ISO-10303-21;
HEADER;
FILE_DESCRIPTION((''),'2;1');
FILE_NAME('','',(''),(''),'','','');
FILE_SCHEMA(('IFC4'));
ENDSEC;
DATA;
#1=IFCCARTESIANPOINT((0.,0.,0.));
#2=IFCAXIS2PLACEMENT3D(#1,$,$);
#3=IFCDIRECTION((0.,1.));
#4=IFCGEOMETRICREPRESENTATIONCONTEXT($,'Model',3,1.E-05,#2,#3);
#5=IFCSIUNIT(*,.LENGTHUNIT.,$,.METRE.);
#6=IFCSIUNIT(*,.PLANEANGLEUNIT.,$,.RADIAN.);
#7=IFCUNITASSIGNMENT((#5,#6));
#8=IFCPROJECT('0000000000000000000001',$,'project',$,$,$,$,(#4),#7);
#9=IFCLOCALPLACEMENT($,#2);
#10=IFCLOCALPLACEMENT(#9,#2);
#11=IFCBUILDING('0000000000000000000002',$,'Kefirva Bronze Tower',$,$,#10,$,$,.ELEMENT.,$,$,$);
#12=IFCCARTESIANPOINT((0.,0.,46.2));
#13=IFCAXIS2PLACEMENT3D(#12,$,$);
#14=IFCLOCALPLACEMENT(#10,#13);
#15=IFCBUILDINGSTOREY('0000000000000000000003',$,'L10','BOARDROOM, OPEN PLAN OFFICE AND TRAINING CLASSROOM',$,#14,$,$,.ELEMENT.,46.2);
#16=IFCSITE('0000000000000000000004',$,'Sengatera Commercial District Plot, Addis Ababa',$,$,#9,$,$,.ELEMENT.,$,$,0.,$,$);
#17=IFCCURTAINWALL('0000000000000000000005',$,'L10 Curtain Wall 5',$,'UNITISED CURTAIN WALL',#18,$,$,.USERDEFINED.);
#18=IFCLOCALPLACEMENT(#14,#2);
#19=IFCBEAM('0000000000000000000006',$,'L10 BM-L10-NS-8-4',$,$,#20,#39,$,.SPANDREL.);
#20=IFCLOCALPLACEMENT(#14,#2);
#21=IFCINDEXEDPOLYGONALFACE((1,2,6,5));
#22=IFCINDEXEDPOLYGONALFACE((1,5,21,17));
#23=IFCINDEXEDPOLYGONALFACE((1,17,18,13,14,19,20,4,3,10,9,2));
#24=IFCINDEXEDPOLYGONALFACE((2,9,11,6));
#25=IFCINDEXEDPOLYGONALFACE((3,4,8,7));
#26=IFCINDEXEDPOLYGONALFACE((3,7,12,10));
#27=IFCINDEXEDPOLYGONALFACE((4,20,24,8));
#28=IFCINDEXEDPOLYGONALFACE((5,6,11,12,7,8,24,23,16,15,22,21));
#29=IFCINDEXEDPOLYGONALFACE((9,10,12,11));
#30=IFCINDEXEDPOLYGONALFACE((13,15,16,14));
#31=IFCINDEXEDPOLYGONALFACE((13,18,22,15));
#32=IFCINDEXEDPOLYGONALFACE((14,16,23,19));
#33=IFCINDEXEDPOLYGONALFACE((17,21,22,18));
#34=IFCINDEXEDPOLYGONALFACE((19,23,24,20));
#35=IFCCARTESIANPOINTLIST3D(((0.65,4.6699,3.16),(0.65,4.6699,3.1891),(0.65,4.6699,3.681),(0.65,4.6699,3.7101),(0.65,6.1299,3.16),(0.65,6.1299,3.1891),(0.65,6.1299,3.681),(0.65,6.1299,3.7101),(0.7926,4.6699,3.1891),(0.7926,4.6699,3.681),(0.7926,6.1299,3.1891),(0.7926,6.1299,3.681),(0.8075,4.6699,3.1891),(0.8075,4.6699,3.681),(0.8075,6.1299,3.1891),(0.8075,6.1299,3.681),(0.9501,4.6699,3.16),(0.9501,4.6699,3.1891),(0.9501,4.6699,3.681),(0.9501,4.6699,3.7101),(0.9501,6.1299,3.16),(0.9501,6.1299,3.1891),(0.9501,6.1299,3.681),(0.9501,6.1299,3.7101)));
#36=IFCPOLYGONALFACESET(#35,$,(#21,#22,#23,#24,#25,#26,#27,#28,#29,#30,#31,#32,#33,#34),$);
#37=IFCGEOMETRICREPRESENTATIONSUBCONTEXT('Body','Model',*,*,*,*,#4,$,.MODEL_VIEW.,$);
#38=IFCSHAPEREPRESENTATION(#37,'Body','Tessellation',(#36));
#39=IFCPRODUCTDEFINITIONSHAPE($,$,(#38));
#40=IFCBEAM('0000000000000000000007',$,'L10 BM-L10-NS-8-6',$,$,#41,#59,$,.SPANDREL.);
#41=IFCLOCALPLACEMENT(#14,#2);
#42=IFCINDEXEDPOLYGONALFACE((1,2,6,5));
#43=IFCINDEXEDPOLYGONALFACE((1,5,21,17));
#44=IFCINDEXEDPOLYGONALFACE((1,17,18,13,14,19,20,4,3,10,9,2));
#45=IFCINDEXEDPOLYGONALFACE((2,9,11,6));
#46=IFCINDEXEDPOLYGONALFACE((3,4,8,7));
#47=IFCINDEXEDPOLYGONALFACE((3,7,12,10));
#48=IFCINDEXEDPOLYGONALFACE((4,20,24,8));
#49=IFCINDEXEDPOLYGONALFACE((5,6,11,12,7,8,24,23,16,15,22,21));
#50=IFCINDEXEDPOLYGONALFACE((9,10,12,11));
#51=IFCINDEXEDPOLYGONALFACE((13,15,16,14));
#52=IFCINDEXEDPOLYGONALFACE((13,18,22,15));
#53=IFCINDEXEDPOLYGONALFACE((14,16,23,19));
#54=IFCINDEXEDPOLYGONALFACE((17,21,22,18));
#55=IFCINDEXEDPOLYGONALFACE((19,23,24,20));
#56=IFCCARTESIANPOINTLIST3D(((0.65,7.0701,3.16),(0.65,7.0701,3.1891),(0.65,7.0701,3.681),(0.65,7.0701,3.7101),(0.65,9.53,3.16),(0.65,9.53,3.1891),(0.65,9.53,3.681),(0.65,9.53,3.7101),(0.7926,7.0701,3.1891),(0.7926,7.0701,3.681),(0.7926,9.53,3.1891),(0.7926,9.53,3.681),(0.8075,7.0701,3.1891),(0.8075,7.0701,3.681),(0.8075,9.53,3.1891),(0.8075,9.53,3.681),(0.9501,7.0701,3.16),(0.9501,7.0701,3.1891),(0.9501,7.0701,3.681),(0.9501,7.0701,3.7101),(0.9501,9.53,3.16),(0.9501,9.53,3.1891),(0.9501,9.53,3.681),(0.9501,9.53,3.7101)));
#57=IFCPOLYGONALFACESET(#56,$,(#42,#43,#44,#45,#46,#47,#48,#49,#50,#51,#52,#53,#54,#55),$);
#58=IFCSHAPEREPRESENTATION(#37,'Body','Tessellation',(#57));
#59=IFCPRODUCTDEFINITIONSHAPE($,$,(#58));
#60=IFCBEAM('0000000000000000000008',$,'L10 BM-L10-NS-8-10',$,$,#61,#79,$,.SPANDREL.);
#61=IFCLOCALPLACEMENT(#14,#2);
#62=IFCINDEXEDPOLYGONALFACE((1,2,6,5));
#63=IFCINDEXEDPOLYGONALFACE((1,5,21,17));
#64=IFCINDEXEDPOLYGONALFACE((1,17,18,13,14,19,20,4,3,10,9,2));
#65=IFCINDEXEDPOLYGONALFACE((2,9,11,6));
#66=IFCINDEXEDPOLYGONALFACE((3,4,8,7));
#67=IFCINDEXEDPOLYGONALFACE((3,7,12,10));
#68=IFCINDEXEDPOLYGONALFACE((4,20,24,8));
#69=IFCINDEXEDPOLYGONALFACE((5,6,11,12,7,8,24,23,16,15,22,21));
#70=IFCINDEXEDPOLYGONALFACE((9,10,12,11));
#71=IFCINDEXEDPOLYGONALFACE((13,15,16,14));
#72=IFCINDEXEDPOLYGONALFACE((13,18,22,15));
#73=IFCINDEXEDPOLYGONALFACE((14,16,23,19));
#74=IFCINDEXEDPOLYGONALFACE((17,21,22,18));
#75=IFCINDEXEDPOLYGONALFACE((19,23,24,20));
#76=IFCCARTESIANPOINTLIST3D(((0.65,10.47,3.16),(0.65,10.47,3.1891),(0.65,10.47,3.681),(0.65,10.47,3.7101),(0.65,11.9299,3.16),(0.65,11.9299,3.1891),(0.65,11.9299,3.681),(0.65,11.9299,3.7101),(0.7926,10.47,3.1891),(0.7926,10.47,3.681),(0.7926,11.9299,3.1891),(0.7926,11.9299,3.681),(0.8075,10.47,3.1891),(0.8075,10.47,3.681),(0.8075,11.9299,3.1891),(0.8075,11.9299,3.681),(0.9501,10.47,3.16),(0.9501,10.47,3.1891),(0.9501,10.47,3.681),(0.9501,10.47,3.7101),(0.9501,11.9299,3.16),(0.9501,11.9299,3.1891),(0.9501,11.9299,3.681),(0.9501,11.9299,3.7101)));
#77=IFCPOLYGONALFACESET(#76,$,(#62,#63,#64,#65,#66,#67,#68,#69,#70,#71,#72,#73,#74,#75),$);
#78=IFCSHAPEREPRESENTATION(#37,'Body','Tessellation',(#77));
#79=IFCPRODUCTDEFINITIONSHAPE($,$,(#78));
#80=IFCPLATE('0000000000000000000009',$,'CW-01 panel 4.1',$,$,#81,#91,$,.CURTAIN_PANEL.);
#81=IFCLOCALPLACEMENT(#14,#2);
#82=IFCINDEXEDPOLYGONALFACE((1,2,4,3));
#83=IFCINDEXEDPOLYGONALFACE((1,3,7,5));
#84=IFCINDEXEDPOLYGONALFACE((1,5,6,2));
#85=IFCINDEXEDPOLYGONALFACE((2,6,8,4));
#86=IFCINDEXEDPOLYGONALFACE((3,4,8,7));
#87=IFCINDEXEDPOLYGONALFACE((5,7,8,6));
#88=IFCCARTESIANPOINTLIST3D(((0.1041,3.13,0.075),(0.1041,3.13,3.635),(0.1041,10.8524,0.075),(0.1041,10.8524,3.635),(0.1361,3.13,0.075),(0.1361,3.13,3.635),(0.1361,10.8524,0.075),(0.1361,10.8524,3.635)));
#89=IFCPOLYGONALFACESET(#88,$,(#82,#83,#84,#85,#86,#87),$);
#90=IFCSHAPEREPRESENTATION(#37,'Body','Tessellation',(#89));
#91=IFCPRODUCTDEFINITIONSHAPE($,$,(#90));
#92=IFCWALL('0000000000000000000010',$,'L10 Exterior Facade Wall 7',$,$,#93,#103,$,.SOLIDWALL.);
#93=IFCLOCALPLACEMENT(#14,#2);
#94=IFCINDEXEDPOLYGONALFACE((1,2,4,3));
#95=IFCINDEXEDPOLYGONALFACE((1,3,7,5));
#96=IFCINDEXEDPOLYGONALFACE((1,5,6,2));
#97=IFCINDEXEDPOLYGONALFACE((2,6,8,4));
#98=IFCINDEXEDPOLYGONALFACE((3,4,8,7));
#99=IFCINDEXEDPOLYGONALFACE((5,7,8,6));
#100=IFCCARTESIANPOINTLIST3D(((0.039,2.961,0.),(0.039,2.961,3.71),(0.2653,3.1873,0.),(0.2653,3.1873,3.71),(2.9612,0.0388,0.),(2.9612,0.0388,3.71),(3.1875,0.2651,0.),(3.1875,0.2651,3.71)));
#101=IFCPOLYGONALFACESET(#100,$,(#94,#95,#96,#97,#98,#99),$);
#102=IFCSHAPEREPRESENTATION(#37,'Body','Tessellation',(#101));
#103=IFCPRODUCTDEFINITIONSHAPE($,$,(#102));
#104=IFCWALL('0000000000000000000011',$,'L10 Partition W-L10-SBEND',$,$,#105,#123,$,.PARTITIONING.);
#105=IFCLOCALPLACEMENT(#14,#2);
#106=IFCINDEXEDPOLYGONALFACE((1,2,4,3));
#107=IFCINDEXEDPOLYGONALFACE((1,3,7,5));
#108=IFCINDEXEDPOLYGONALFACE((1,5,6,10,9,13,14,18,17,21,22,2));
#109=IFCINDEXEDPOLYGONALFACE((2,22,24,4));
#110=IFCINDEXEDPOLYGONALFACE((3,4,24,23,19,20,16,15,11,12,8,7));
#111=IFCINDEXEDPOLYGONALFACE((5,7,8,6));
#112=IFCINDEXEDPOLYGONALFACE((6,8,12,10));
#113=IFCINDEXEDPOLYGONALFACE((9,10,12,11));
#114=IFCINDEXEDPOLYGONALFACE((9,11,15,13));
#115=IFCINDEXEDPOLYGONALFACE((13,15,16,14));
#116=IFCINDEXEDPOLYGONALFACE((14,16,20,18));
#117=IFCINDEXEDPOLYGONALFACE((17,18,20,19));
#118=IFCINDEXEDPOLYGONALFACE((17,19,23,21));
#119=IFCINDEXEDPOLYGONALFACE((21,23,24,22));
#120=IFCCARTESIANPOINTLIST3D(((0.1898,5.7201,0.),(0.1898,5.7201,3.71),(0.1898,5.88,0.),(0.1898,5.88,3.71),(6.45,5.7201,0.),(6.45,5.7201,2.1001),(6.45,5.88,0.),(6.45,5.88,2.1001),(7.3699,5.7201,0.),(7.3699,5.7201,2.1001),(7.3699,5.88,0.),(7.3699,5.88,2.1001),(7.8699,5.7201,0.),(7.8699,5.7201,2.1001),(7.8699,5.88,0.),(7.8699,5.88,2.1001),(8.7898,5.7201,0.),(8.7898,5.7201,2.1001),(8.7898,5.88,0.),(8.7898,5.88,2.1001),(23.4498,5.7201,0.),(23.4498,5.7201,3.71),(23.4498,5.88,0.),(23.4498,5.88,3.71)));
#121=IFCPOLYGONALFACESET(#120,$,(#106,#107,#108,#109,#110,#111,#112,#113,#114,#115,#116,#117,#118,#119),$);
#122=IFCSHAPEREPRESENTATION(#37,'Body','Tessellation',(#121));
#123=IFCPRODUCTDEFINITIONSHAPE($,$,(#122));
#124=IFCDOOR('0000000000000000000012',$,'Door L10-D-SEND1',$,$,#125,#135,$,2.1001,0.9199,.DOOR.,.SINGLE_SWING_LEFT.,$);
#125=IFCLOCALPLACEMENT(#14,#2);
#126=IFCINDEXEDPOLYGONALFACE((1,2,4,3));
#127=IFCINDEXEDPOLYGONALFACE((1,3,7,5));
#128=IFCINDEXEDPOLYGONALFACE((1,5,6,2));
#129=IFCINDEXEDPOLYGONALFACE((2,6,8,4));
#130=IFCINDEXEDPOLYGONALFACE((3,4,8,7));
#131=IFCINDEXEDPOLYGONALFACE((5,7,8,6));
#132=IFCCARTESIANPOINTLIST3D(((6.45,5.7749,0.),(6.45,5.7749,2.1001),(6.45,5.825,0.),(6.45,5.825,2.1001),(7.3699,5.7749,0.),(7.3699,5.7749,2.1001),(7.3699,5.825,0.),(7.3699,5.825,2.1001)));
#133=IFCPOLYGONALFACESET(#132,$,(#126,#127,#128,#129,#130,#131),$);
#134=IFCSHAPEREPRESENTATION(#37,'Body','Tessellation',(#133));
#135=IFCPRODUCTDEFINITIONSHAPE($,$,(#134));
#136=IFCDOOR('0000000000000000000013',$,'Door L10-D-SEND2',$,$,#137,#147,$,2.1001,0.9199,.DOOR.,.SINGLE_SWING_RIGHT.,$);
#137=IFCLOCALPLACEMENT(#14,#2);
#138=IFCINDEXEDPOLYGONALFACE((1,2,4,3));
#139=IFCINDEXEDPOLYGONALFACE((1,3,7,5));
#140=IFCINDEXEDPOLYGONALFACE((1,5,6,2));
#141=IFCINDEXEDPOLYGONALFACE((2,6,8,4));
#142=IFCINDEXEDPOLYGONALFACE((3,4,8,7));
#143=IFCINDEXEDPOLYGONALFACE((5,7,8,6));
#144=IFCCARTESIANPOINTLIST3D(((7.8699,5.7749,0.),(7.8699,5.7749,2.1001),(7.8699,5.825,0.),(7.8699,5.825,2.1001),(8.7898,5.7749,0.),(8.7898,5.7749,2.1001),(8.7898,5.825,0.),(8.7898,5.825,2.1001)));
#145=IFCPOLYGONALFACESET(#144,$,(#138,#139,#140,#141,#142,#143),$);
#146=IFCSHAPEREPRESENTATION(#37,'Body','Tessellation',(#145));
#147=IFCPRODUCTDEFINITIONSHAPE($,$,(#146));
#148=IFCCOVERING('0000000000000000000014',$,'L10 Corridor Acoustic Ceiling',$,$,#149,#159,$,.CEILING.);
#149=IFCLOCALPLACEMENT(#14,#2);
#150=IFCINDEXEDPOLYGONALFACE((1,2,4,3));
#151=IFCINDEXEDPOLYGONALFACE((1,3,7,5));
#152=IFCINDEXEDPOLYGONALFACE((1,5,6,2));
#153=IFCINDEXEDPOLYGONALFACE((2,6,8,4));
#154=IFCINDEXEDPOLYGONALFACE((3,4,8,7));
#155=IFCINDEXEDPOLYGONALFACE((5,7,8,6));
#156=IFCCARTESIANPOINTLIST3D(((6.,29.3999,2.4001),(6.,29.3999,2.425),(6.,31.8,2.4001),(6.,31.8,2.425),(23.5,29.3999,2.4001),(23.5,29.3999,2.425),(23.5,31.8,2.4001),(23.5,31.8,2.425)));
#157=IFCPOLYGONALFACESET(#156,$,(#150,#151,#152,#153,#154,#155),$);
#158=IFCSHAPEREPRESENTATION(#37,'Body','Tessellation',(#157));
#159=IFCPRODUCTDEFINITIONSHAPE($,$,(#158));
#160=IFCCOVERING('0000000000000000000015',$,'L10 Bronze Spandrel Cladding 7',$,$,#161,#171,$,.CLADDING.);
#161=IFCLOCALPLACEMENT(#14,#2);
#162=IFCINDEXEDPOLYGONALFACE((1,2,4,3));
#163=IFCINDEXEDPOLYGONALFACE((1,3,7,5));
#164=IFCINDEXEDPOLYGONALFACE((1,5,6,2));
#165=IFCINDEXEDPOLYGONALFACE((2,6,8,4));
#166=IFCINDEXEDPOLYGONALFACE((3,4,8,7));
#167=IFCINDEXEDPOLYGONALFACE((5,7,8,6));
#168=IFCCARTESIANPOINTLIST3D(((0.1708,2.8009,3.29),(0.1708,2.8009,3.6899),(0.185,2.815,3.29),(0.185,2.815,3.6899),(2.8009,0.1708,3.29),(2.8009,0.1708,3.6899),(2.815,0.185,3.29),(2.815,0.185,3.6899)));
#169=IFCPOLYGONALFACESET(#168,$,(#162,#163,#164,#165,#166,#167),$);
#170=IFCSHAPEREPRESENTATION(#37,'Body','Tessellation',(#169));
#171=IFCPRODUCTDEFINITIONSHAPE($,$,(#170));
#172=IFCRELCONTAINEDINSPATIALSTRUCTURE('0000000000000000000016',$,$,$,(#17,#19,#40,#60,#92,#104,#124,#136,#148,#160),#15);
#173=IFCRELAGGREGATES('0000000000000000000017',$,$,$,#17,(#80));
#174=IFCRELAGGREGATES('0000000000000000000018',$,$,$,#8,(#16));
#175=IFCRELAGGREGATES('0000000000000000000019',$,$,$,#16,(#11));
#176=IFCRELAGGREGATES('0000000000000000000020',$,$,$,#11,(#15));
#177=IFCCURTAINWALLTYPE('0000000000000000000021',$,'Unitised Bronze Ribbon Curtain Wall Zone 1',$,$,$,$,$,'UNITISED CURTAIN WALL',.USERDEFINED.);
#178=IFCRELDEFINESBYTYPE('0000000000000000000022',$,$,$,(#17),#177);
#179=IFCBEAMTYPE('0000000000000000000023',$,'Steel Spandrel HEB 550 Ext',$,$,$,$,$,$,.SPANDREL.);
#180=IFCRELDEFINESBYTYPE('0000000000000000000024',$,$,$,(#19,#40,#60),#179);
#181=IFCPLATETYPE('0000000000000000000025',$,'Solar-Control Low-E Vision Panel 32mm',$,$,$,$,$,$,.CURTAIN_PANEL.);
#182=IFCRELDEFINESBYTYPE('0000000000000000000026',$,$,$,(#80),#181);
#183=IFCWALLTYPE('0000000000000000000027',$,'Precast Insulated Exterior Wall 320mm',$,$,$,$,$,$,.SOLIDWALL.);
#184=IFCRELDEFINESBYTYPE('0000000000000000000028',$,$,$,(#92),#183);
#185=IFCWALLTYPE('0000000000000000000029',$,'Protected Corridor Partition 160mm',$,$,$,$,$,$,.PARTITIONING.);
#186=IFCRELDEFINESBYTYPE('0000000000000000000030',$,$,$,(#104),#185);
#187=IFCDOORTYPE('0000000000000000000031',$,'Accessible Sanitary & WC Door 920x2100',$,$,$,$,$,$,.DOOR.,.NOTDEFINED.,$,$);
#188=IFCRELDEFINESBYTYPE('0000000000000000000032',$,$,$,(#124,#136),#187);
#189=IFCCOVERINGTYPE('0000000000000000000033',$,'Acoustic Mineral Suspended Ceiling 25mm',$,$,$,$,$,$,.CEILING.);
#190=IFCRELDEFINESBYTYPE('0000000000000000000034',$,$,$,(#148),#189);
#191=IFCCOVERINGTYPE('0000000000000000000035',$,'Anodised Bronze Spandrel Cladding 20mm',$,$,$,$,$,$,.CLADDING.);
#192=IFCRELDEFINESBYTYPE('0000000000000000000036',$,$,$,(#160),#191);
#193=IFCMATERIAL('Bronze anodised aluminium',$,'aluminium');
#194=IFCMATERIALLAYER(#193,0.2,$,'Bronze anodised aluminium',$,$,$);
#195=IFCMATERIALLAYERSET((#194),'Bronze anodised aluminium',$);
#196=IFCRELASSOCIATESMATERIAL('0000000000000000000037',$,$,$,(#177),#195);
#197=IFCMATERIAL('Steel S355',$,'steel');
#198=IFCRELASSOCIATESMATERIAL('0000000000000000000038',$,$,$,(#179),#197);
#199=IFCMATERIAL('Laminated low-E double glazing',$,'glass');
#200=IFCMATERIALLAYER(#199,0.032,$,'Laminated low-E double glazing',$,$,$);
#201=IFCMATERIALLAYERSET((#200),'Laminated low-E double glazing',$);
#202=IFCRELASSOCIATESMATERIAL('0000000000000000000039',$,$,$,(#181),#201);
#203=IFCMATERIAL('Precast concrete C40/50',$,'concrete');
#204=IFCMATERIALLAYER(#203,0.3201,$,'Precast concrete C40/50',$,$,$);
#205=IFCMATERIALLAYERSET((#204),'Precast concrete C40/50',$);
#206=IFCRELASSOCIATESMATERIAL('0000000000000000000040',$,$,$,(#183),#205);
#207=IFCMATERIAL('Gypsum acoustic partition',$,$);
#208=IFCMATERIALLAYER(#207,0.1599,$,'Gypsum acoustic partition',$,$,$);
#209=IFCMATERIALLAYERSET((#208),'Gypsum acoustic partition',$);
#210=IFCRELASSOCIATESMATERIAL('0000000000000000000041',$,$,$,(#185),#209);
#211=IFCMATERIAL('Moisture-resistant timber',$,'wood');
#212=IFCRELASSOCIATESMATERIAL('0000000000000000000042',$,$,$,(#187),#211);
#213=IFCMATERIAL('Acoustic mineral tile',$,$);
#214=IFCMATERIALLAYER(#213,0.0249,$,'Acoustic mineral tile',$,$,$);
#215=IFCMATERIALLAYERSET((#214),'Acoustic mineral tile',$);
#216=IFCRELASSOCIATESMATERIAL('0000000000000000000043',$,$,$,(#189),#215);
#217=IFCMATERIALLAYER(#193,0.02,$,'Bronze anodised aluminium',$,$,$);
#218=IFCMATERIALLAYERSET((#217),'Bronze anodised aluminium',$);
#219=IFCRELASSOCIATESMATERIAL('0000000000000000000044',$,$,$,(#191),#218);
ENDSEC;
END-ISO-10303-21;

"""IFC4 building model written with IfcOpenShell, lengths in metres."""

from ifc_helpers import new_model, si_unit, direction, frame, frame_2d, origin, origin_2d, place, context, subcontext, project, spatial, polyline, rectangle, i_section, outline, extrude, material, layer, layer_set, material_profile, profile_set, type_object, element, fill, aggregate, save


model = new_model("IFC4")

# Units and contexts
model_context = context("Model", 3, precision=1e-05, world=origin(), true_north=direction((0.0, 1.0)))
body_context = subcontext(model_context, "Body", "Model", "MODEL_VIEW")
ifc_project = project(units=[si_unit("LENGTHUNIT", "METRE"), si_unit("PLANEANGLEUNIT", "RADIAN")], contexts=[model_context])

# Site, building, storey
site_placement = place(None, origin())
site = spatial("IfcSite", under=ifc_project, at=site_placement, Name="Sengatera Commercial District Plot, Addis Ababa", CompositionType="ELEMENT", RefElevation=0.0)
building_placement = place(site_placement, origin())
building = spatial("IfcBuilding", under=site, at=building_placement, Name="Kefirva Bronze Tower", CompositionType="ELEMENT")
storey_placement = place(building_placement, frame((0.0, 0.0, 46.2)))
storey = spatial("IfcBuildingStorey", under=building, at=storey_placement, Name="L10", Description="BOARDROOM, OPEN PLAN OFFICE AND TRAINING CLASSROOM", CompositionType="ELEMENT", Elevation=46.2)

# Curtain wall
ifc_material_1 = material(Name="Bronze anodised aluminium", Category="aluminium")
ifc_layer_1 = layer(ifc_material_1, 0.2, Name="Bronze anodised aluminium")
ifc_layer_set_1 = layer_set([ifc_layer_1], Name="Bronze anodised aluminium")
curtain_wall_type = type_object("IfcCurtainWallType", Name="Unitised Bronze Ribbon Curtain Wall Zone 1", ElementType="UNITISED CURTAIN WALL", PredefinedType="USERDEFINED", material=ifc_layer_set_1)
curtain_wall_placement = place(storey_placement, origin())
curtain_wall = element("IfcCurtainWall", 1, at=curtain_wall_placement, inside=storey, type_object=curtain_wall_type, Name="L10 Curtain Wall 5", ObjectType="UNITISED CURTAIN WALL", PredefinedType="USERDEFINED")

# Beams
ifc_material_2 = material(Name="Steel S355", Category="steel")
ifc_material_profile_1 = material_profile(ifc_material_2, i_section(OverallWidth=0.3, OverallDepth=0.55, WebThickness=0.0149, FlangeThickness=0.0291, at=origin_2d()), Name="HEB 550")
ifc_profile_set_1 = profile_set([ifc_material_profile_1], Name="Steel S355")
beam_type_1 = type_object("IfcBeamType", Name="Steel Spandrel HEB 550 Ext", PredefinedType="SPANDREL", material=ifc_profile_set_1)
beam_1_placement = place(storey_placement, frame((0.8, 4.6699, 3.4351), z_axis=(0.0, 1.0, 0.0), x_axis=(-1.0, 0.0, 0.0)))
element("IfcBeam", 2, at=beam_1_placement, inside=storey, type_object=beam_type_1, Name="L10 BM-L10-NS-8-4", PredefinedType="SPANDREL", context=body_context, shape_type="SweptSolid", body=[
    extrude(i_section(OverallWidth=0.3, OverallDepth=0.55, WebThickness=0.0149, FlangeThickness=0.0291, at=origin_2d()), origin(), (0.0, 0.0, 1.0), 1.46),
])
beam_2_placement = place(storey_placement, frame((0.8, 7.0701, 3.4351), z_axis=(0.0, 1.0, 0.0), x_axis=(-1.0, 0.0, 0.0)))
element("IfcBeam", 3, at=beam_2_placement, inside=storey, type_object=beam_type_1, Name="L10 BM-L10-NS-8-6", PredefinedType="SPANDREL", context=body_context, shape_type="SweptSolid", body=[
    extrude(i_section(OverallWidth=0.3, OverallDepth=0.55, WebThickness=0.0149, FlangeThickness=0.0291, at=origin_2d()), origin(), (0.0, 0.0, 1.0), 2.46),
])
beam_3_placement = place(storey_placement, frame((0.8, 10.47, 3.4351), z_axis=(0.0, 1.0, 0.0), x_axis=(-1.0, 0.0, 0.0)))
element("IfcBeam", 4, at=beam_3_placement, inside=storey, type_object=beam_type_1, Name="L10 BM-L10-NS-8-10", PredefinedType="SPANDREL", context=body_context, shape_type="SweptSolid", body=[
    extrude(i_section(OverallWidth=0.3, OverallDepth=0.55, WebThickness=0.0149, FlangeThickness=0.0291, at=origin_2d()), origin(), (0.0, 0.0, 1.0), 1.46),
])

# Plate
ifc_material_3 = material(Name="Laminated low-E double glazing", Category="glass")
ifc_layer_2 = layer(ifc_material_3, 0.032, Name="Laminated low-E double glazing")
ifc_layer_set_2 = layer_set([ifc_layer_2], Name="Laminated low-E double glazing")
plate_type = type_object("IfcPlateType", Name="Solar-Control Low-E Vision Panel 32mm", PredefinedType="CURTAIN_PANEL", material=ifc_layer_set_2)
plate_placement = place(storey_placement, frame((0.1201, 6.9912, 0.075), z_axis=(0.0, 0.0, 1.0), x_axis=(0.0, -1.0, 0.0)))
plate = element("IfcPlate", 5, at=plate_placement, type_object=plate_type, Name="CW-01 panel 4.1", PredefinedType="CURTAIN_PANEL", context=body_context, shape_type="SweptSolid", body=[
    extrude(rectangle(XDim=7.7224, YDim=0.032, at=origin_2d()), origin(), (0.0, 0.0, 1.0), 3.5601),
])
aggregate(curtain_wall, [plate])

# Wall
ifc_material_4 = material(Name="Precast concrete C40/50", Category="concrete")
ifc_layer_3 = layer(ifc_material_4, 0.3201, Name="Precast concrete C40/50")
ifc_layer_set_3 = layer_set([ifc_layer_3], Name="Precast concrete C40/50")
wall_type_1 = type_object("IfcWallType", Name="Precast Insulated Exterior Wall 320mm", PredefinedType="SOLIDWALL", material=ifc_layer_set_3)
wall_1_placement = place(storey_placement, frame((0.1521, 3.0742, 0.0), z_axis=(0.0, 0.0, 1.0), x_axis=(0.707107, -0.707107, 0.0)))
element("IfcWall", 6, at=wall_1_placement, inside=storey, type_object=wall_type_1, Name="L10 Exterior Facade Wall 7", PredefinedType="SOLIDWALL", context=body_context, shape_type="SweptSolid", body=[
    extrude(rectangle(XDim=4.1326, YDim=0.3201, at=frame_2d((2.0664, 0.0))), origin(), (0.0, 0.0, 1.0), 3.71),
])

# Wall, openings, doors
ifc_material_5 = material(Name="Gypsum acoustic partition")
ifc_layer_4 = layer(ifc_material_5, 0.1599, Name="Gypsum acoustic partition")
ifc_layer_set_4 = layer_set([ifc_layer_4], Name="Gypsum acoustic partition")
wall_type_2 = type_object("IfcWallType", Name="Protected Corridor Partition 160mm", PredefinedType="PARTITIONING", material=ifc_layer_set_4)
wall_2_placement = place(storey_placement, frame((0.1899, 5.8, 0.0), z_axis=(0.0, 0.0, 1.0), x_axis=(1.0, 0.0, 0.0)))
wall_2 = element("IfcWall", 7, at=wall_2_placement, inside=storey, type_object=wall_type_2, Name="L10 Partition W-L10-SBEND", PredefinedType="PARTITIONING", context=body_context, shape_type="SweptSolid", body=[
    extrude(rectangle(XDim=23.26, YDim=0.1599, at=frame_2d((11.6299, 0.0))), origin(), (0.0, 0.0, 1.0), 3.71),
])
opening_1_placement = place(wall_2_placement, frame((6.26, 0.0, 0.0)))
opening_1 = element("IfcOpeningElement", 8, at=opening_1_placement, cuts=wall_2, PredefinedType="OPENING", context=body_context, shape_type="SweptSolid", body=[
    extrude(rectangle(XDim=0.9199, YDim=2.1001, at=frame_2d((0.46, 1.05))), frame((0.0, 0.0898, 0.0), z_axis=(0.0, -1.0, 0.0), x_axis=(1.0, 0.0, 0.0)), (0.0, 0.0, 1.0), 0.1799),
])
opening_2_placement = place(wall_2_placement, frame((7.6799, 0.0, 0.0)))
opening_2 = element("IfcOpeningElement", 9, at=opening_2_placement, cuts=wall_2, PredefinedType="OPENING", context=body_context, shape_type="SweptSolid", body=[
    extrude(rectangle(XDim=0.9199, YDim=2.1001, at=frame_2d((0.46, 1.05))), frame((0.0, 0.0898, 0.0), z_axis=(0.0, -1.0, 0.0), x_axis=(1.0, 0.0, 0.0)), (0.0, 0.0, 1.0), 0.1799),
])
ifc_material_6 = material(Name="Moisture-resistant timber", Category="wood")
door_type = type_object("IfcDoorType", Name="Accessible Sanitary & WC Door 920x2100", OperationType="NOTDEFINED", PredefinedType="DOOR", material=ifc_material_6)
door_1_placement = place(opening_1_placement, origin())
door_1 = element("IfcDoor", 10, at=door_1_placement, inside=storey, type_object=door_type, Name="Door L10-D-SEND1", OperationType="SINGLE_SWING_LEFT", OverallHeight=2.1001, OverallWidth=0.9199, PredefinedType="DOOR", context=body_context, shape_type="SweptSolid", body=[
    extrude(rectangle(XDim=0.9199, YDim=2.1001, at=frame_2d((0.46, 1.05))), frame((0.0, 0.0249, 0.0), z_axis=(0.0, -1.0, 0.0), x_axis=(1.0, 0.0, 0.0)), (0.0, 0.0, 1.0), 0.05),
])
fill(opening_1, door_1)
door_2_placement = place(opening_2_placement, origin())
door_2 = element("IfcDoor", 11, at=door_2_placement, inside=storey, type_object=door_type, Name="Door L10-D-SEND2", OperationType="SINGLE_SWING_RIGHT", OverallHeight=2.1001, OverallWidth=0.9199, PredefinedType="DOOR", context=body_context, shape_type="SweptSolid", body=[
    extrude(rectangle(XDim=0.9199, YDim=2.1001, at=frame_2d((0.46, 1.05))), frame((0.0, 0.0249, 0.0), z_axis=(0.0, -1.0, 0.0), x_axis=(1.0, 0.0, 0.0)), (0.0, 0.0, 1.0), 0.05),
])
fill(opening_2, door_2)

# Coverings
ifc_material_7 = material(Name="Acoustic mineral tile")
ifc_layer_5 = layer(ifc_material_7, 0.0249, Name="Acoustic mineral tile")
ifc_layer_set_5 = layer_set([ifc_layer_5], Name="Acoustic mineral tile")
covering_type_1 = type_object("IfcCoveringType", Name="Acoustic Mineral Suspended Ceiling 25mm", PredefinedType="CEILING", material=ifc_layer_set_5)
covering_1_placement = place(storey_placement, frame((0.0, 0.0, 2.4001)))
element("IfcCovering", 12, at=covering_1_placement, inside=storey, type_object=covering_type_1, Name="L10 Corridor Acoustic Ceiling", PredefinedType="CEILING", context=body_context, shape_type="SweptSolid", body=[
    extrude(outline(polyline([(6.0, 29.3999), (23.5, 29.3999), (23.5, 31.8), (6.0, 31.8), (6.0, 29.3999)])), origin(), (0.0, 0.0, 1.0), 0.0249),
])
ifc_layer_6 = layer(ifc_material_1, 0.02, Name="Bronze anodised aluminium")
ifc_layer_set_6 = layer_set([ifc_layer_6], Name="Bronze anodised aluminium")
covering_type_2 = type_object("IfcCoveringType", Name="Anodised Bronze Spandrel Cladding 20mm", PredefinedType="CLADDING", material=ifc_layer_set_6)
covering_2_placement = place(storey_placement, frame((1.4929, 1.4929, 3.29), z_axis=(0.0, 0.0, 1.0), x_axis=(0.707107, -0.707107, 0.0)))
element("IfcCovering", 13, at=covering_2_placement, inside=storey, type_object=covering_type_2, Name="L10 Bronze Spandrel Cladding 7", PredefinedType="CLADDING", context=body_context, shape_type="SweptSolid", body=[
    extrude(rectangle(XDim=3.7195, YDim=0.02, at=origin_2d()), origin(), (0.0, 0.0, 1.0), 0.3999),
])

save(model, "model.ifc")
